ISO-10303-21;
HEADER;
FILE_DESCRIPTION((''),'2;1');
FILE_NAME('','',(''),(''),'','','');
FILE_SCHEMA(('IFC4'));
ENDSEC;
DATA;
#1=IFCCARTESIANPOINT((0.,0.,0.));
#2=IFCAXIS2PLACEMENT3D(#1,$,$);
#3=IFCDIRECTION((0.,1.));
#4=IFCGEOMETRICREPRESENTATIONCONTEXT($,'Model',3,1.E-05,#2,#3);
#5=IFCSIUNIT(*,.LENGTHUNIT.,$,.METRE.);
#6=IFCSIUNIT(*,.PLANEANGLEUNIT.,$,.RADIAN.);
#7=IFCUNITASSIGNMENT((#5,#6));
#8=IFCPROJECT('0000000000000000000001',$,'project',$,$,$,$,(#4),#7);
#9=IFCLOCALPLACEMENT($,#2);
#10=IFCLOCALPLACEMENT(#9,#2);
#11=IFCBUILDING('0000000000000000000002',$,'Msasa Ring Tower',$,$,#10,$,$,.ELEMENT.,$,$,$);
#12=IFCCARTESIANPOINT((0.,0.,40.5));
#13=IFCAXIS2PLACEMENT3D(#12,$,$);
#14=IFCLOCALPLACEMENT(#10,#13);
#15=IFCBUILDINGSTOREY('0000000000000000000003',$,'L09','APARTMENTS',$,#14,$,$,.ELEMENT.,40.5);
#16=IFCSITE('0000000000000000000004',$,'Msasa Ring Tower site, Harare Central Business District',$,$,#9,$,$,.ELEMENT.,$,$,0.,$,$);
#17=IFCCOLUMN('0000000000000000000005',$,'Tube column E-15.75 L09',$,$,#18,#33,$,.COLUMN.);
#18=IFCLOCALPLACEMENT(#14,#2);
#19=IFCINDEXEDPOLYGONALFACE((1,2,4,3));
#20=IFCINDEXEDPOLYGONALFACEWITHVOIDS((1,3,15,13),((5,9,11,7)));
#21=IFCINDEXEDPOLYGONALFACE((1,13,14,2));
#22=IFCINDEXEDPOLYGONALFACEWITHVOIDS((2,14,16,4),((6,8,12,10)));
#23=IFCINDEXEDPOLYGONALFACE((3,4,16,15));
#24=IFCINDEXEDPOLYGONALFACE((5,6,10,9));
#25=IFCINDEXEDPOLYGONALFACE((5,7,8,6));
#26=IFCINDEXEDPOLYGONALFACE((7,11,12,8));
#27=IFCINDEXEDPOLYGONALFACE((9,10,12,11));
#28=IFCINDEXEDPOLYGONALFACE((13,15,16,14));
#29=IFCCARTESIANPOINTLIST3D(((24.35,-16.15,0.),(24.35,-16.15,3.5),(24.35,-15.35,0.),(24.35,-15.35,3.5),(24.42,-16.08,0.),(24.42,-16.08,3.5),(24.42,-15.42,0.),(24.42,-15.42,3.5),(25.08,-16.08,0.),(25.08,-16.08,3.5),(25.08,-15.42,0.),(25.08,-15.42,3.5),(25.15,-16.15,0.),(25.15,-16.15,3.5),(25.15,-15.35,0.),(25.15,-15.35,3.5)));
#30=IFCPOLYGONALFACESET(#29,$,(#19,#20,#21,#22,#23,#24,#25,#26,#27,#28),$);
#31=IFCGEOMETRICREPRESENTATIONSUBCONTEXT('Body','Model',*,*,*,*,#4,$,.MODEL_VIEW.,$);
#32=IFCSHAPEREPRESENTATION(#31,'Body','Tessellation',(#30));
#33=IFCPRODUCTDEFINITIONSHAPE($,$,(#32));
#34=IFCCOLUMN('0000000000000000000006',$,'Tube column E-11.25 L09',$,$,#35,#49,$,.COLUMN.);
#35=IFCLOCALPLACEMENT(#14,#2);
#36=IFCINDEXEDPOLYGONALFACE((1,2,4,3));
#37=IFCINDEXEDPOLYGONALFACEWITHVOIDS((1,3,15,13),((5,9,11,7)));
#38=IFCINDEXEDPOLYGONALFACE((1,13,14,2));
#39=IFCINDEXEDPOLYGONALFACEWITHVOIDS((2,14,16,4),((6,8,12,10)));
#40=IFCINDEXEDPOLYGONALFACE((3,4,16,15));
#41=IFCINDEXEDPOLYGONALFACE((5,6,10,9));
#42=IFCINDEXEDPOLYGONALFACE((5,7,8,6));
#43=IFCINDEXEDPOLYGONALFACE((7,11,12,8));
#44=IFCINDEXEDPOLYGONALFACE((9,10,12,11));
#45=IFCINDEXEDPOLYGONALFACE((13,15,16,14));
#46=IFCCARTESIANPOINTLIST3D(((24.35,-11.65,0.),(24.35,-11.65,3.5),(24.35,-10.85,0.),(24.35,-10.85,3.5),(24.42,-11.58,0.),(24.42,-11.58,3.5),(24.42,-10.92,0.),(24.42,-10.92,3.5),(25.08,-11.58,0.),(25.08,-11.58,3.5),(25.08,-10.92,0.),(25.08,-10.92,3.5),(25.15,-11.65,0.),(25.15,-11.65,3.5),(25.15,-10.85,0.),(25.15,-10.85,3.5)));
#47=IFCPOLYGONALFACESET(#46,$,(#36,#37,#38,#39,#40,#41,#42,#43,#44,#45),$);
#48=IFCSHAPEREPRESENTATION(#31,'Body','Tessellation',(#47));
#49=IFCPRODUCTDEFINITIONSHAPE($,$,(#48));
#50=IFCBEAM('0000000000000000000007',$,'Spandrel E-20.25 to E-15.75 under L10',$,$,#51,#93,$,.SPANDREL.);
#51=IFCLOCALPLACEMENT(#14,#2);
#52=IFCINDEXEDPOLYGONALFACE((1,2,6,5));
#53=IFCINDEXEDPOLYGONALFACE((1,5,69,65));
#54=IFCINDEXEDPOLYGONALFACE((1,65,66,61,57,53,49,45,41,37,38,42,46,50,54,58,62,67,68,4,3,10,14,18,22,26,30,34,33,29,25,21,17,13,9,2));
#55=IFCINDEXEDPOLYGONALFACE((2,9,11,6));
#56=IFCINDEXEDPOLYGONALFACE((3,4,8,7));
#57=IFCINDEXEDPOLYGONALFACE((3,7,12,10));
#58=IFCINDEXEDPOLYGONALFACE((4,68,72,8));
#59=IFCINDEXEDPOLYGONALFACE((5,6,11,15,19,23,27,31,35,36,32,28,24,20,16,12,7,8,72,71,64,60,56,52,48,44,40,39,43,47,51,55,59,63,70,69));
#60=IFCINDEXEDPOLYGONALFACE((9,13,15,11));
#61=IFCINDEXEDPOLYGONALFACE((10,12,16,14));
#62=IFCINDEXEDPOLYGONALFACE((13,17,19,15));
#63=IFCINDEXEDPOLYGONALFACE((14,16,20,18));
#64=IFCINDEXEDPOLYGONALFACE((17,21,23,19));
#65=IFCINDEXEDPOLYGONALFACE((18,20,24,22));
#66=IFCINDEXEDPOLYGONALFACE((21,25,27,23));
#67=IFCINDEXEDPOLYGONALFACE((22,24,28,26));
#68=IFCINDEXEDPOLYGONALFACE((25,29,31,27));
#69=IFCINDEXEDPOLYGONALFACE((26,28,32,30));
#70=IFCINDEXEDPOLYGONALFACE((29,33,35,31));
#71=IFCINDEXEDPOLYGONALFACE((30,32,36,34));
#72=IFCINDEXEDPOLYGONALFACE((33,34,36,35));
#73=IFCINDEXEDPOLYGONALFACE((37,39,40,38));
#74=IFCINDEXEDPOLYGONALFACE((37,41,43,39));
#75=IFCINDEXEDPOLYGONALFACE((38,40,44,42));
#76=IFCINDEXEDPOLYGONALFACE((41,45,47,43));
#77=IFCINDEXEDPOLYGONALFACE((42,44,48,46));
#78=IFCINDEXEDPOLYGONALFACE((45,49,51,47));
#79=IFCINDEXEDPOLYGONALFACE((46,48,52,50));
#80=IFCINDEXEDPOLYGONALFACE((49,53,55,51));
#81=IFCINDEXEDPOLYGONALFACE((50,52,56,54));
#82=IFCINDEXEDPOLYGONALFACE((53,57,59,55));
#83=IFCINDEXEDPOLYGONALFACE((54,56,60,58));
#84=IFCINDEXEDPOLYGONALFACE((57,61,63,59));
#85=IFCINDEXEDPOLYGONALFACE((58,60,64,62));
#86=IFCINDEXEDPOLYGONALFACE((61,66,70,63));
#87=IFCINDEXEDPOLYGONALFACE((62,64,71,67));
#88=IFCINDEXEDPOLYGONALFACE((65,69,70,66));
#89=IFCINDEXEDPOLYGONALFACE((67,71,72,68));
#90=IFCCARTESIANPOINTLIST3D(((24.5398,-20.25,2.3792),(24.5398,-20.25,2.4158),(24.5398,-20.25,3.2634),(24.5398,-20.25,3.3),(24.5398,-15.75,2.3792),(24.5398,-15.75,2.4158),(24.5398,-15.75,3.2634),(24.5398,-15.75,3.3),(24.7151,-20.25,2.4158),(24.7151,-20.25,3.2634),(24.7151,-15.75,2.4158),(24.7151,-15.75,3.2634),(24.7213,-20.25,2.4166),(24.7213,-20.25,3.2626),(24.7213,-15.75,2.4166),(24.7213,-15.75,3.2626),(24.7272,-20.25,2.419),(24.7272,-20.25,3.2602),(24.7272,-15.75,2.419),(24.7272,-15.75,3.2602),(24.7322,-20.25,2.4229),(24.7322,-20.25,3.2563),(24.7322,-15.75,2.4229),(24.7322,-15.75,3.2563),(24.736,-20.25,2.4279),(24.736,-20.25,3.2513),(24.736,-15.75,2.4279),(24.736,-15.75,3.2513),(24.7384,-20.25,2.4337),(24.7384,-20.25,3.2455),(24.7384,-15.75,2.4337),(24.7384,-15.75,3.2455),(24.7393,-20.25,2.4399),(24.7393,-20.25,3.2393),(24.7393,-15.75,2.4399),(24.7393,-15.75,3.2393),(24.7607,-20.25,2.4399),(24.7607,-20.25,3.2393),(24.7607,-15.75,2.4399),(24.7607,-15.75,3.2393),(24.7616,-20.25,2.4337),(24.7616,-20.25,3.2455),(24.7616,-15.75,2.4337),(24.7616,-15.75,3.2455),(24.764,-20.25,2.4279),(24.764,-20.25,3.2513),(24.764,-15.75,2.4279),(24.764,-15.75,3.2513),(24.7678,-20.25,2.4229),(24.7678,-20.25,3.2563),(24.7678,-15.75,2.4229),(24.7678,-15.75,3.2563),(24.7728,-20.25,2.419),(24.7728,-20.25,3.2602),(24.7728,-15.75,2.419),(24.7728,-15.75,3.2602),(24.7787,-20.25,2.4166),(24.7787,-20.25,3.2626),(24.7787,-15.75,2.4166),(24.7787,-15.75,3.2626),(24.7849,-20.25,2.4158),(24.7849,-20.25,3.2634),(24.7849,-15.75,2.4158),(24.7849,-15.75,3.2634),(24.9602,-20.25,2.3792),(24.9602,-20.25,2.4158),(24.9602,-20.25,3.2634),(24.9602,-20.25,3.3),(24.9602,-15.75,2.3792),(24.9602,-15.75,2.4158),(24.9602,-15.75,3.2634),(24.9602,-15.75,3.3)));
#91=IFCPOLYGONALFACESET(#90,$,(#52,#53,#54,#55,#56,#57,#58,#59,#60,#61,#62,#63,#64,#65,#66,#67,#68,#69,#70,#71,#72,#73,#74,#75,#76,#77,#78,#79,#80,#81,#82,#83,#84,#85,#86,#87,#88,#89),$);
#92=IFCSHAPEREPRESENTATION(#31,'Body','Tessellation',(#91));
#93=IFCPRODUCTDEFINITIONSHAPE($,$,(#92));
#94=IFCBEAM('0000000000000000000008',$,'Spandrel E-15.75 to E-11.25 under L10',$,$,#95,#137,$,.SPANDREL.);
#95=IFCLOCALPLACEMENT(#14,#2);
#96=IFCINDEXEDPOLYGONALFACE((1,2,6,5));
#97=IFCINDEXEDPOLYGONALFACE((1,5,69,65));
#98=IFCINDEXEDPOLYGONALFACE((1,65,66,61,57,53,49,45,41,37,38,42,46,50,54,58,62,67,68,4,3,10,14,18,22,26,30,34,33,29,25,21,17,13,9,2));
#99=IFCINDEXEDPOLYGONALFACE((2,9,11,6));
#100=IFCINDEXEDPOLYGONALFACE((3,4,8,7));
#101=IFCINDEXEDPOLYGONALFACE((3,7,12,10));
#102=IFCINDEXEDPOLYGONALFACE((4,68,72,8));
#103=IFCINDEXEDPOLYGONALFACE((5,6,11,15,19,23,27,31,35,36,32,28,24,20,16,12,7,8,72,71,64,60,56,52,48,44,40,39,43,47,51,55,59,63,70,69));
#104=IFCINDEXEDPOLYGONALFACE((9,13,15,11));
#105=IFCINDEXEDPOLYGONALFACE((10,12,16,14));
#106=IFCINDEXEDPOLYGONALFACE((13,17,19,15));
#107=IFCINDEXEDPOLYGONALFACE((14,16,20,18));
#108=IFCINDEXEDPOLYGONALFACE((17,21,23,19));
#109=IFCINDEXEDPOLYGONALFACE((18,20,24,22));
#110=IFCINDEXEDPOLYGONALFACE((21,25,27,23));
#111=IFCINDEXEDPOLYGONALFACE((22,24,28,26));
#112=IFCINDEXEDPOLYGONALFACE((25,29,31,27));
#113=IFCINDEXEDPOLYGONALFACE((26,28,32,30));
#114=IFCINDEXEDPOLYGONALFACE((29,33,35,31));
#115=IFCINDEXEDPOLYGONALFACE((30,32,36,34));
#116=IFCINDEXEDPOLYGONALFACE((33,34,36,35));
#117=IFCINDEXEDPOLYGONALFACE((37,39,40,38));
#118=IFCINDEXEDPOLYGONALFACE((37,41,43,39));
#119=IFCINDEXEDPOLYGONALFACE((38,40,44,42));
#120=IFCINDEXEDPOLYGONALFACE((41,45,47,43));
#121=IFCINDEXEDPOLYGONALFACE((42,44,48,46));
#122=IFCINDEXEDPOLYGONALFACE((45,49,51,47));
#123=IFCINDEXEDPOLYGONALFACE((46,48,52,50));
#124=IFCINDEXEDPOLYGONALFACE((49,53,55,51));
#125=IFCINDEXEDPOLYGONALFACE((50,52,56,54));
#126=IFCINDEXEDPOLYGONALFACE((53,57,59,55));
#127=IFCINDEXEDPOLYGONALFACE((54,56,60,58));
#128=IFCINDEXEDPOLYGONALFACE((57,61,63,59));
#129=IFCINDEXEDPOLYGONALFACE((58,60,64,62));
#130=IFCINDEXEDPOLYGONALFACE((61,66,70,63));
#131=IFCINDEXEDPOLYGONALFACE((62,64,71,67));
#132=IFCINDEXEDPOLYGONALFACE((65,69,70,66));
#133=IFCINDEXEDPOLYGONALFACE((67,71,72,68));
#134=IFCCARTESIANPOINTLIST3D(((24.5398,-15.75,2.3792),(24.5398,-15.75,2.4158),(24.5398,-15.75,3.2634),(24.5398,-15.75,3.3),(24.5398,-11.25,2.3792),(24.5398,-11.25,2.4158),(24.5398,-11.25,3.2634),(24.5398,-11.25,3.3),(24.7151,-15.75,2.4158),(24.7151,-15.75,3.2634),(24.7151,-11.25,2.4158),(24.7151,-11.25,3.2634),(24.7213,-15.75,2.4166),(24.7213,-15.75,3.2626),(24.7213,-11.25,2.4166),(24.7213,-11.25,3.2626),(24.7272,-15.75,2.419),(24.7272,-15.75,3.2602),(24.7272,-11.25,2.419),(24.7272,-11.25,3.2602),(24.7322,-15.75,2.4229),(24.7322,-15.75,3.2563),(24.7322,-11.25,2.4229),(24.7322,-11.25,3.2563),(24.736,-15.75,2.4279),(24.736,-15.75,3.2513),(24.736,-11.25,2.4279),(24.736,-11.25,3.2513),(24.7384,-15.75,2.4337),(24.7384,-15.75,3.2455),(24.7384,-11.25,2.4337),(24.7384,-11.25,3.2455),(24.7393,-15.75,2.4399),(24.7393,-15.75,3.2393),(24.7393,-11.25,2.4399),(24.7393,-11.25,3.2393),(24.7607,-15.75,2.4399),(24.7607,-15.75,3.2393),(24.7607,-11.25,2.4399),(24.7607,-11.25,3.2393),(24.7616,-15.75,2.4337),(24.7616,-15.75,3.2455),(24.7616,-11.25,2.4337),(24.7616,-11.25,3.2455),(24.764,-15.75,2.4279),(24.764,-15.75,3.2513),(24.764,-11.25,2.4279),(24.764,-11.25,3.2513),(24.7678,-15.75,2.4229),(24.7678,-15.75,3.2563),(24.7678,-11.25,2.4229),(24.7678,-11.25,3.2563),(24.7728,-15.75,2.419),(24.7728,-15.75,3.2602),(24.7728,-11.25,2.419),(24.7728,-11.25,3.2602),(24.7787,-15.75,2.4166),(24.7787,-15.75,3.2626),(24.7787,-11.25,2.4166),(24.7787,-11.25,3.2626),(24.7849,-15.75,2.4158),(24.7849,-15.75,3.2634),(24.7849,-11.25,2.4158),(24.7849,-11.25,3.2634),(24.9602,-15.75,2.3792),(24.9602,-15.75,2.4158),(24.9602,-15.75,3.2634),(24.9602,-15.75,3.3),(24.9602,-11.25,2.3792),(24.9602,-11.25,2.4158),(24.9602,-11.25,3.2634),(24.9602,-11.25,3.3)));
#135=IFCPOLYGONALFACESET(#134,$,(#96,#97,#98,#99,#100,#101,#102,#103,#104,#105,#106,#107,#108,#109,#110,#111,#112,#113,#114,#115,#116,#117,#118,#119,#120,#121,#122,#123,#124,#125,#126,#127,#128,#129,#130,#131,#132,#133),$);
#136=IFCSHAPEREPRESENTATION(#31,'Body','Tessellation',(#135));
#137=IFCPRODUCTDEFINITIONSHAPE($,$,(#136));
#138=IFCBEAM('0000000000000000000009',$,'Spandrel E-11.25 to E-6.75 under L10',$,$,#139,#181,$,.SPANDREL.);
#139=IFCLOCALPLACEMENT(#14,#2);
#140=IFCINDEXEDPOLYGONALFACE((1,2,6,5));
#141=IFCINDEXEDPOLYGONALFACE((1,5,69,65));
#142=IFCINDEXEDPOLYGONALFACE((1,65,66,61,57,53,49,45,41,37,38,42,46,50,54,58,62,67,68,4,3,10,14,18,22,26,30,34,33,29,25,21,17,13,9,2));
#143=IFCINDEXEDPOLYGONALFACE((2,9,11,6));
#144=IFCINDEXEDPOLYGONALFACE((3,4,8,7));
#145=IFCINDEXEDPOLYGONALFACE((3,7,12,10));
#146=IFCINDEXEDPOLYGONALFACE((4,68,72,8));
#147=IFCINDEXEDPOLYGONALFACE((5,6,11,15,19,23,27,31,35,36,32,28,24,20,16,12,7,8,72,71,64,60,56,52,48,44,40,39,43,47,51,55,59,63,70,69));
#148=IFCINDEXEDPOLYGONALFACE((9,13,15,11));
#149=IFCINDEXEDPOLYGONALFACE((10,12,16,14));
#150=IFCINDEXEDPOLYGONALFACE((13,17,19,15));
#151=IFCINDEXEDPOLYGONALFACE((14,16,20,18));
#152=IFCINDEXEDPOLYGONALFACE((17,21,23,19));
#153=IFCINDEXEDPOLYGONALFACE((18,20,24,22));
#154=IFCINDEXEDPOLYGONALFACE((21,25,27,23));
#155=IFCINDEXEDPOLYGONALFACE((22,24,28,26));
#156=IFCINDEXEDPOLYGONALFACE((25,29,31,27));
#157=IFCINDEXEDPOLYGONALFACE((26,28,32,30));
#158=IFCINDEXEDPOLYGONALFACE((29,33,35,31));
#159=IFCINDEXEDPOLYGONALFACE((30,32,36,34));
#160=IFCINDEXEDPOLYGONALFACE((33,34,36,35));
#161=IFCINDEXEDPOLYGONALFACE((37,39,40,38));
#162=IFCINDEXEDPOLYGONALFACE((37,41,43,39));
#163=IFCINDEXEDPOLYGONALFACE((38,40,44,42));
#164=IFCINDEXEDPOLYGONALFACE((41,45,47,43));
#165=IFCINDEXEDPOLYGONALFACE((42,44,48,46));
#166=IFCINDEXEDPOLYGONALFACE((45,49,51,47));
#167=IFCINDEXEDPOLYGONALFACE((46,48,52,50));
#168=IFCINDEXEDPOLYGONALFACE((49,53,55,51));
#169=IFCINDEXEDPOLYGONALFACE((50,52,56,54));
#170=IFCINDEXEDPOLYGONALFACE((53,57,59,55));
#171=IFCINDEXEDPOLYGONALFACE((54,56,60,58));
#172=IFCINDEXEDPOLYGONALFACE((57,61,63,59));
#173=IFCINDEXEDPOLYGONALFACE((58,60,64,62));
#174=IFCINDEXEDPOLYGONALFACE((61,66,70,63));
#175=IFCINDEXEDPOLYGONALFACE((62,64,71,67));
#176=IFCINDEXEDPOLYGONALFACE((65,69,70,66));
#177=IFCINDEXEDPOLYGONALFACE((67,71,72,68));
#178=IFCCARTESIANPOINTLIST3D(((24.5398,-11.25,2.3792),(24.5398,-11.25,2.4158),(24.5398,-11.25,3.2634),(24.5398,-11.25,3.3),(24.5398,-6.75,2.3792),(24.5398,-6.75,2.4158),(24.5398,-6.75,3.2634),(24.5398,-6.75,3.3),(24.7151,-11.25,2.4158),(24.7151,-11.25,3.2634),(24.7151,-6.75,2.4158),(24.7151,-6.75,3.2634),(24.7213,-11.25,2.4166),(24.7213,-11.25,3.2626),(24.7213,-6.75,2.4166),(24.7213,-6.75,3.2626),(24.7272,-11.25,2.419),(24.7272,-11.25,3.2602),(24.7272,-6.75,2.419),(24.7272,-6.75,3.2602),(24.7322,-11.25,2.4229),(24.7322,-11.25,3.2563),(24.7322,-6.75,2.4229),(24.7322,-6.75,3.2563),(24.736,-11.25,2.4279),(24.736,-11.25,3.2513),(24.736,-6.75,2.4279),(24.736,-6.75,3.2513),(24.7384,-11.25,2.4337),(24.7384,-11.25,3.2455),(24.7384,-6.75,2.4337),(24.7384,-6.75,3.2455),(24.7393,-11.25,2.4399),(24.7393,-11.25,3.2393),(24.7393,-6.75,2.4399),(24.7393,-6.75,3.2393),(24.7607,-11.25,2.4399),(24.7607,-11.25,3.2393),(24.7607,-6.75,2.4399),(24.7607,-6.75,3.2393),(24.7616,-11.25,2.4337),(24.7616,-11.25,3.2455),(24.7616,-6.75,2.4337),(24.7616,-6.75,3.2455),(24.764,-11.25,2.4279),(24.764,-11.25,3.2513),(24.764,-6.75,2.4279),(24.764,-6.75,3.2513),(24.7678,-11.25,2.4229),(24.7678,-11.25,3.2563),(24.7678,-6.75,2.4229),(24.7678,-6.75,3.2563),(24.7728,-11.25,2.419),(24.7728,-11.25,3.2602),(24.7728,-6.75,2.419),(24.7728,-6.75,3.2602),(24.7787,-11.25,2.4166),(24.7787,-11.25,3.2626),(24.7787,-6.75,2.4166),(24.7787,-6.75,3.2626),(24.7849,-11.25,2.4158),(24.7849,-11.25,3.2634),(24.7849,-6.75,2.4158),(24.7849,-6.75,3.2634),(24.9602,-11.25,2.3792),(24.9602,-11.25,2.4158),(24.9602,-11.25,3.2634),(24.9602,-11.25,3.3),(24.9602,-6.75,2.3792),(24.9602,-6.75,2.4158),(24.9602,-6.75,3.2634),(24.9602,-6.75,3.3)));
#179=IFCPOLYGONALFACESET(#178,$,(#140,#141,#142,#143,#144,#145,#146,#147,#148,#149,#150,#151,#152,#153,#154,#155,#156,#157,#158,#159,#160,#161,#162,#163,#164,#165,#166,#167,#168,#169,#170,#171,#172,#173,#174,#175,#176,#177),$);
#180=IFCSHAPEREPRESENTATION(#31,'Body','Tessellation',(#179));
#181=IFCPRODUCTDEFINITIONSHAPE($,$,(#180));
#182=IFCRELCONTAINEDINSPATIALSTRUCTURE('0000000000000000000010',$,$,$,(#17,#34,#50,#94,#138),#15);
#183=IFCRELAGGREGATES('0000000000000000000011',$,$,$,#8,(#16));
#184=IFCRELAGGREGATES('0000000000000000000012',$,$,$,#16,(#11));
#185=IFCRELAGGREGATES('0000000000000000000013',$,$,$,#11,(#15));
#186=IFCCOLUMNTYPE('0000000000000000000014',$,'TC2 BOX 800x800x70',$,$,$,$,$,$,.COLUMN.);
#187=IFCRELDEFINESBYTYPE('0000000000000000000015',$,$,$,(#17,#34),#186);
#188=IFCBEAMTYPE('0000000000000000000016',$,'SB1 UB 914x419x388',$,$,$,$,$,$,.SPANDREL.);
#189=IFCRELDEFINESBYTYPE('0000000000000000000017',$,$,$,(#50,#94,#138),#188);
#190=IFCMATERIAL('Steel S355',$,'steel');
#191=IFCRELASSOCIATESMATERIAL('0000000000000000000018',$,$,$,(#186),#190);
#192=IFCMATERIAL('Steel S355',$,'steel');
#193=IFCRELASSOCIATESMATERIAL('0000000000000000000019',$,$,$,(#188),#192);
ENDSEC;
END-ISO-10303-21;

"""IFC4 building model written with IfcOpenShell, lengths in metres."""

from ifc_helpers import new_model, si_unit, direction, frame, origin, origin_2d, place, context, subcontext, project, spatial, hollow_rectangle, i_section, extrude, material, material_profile, profile_set, type_object, element, save


model = new_model("IFC4")

# Units and contexts
model_context = context("Model", 3, precision=1e-05, world=origin(), true_north=direction((0.0, 1.0)))
body_context = subcontext(model_context, "Body", "Model", "MODEL_VIEW")
ifc_project = project(units=[si_unit("LENGTHUNIT", "METRE"), si_unit("PLANEANGLEUNIT", "RADIAN")], contexts=[model_context])

# Site, building, storey
site_placement = place(None, origin())
site = spatial("IfcSite", under=ifc_project, at=site_placement, Name="Msasa Ring Tower site, Harare Central Business District", CompositionType="ELEMENT", RefElevation=0.0)
building_placement = place(site_placement, origin())
building = spatial("IfcBuilding", under=site, at=building_placement, Name="Msasa Ring Tower", CompositionType="ELEMENT")
storey_placement = place(building_placement, frame((0.0, 0.0, 40.5)))
storey = spatial("IfcBuildingStorey", under=building, at=storey_placement, Name="L09", Description="APARTMENTS", CompositionType="ELEMENT", Elevation=40.5)

# Columns
ifc_material_1 = material(Name="Steel S355", Category="steel")
ifc_material_profile_1 = material_profile(ifc_material_1, hollow_rectangle(XDim=0.8, YDim=0.8, WallThickness=0.0701, at=origin_2d()), Name="BOX 800x800x70")
ifc_profile_set_1 = profile_set([ifc_material_profile_1], Name="Steel S355")
column_type = type_object("IfcColumnType", Name="TC2 BOX 800x800x70", PredefinedType="COLUMN", material=ifc_profile_set_1)
for number, where, z_axis, x_axis, name in (
    (1, (24.75, -15.75, 0.0), (0.0, 0.0, 1.0), (1.0, 0.0, 0.0), "Tube column E-15.75 L09"),
    (2, (24.75, -11.25, 0.0), (0.0, 0.0, 1.0), (1.0, 0.0, 0.0), "Tube column E-11.25 L09"),
):
    element("IfcColumn", number, at=place(storey_placement, frame(where, z_axis=z_axis, x_axis=x_axis)), inside=storey, type_object=column_type, Name=name, PredefinedType="COLUMN", context=body_context, shape_type="SweptSolid", body=[
        extrude(hollow_rectangle(XDim=0.8, YDim=0.8, WallThickness=0.0701, at=origin_2d()), origin(), (0.0, 0.0, 1.0), 3.5),
    ])

# Beams
ifc_material_2 = material(Name="Steel S355", Category="steel")
ifc_material_profile_2 = material_profile(ifc_material_2, i_section(OverallWidth=0.4204, OverallDepth=0.9209, WebThickness=0.0215, FlangeThickness=0.0366, FilletRadius=0.0242, at=origin_2d()), Name="UB 914x419x388")
ifc_profile_set_2 = profile_set([ifc_material_profile_2], Name="Steel S355")
beam_type = type_object("IfcBeamType", Name="SB1 UB 914x419x388", PredefinedType="SPANDREL", material=ifc_profile_set_2)
for number, where, z_axis, x_axis, name in (
    (3, (24.75, -20.25, 2.8396), (0.0, 1.0, 0.0), (-1.0, 0.0, 0.0), "Spandrel E-20.25 to E-15.75 under L10"),
    (4, (24.75, -15.75, 2.8396), (0.0, 1.0, 0.0), (-1.0, 0.0, 0.0), "Spandrel E-15.75 to E-11.25 under L10"),
    (5, (24.75, -11.25, 2.8396), (0.0, 1.0, 0.0), (-1.0, 0.0, 0.0), "Spandrel E-11.25 to E-6.75 under L10"),
):
    element("IfcBeam", number, at=place(storey_placement, frame(where, z_axis=z_axis, x_axis=x_axis)), inside=storey, type_object=beam_type, Name=name, PredefinedType="SPANDREL", context=body_context, shape_type="SweptSolid", body=[
        extrude(i_section(OverallWidth=0.4204, OverallDepth=0.9209, WebThickness=0.0215, FlangeThickness=0.0366, FilletRadius=0.0242, at=origin_2d()), origin(), (0.0, 0.0, 1.0), 4.5),
    ])

save(model, "model.ifc")
